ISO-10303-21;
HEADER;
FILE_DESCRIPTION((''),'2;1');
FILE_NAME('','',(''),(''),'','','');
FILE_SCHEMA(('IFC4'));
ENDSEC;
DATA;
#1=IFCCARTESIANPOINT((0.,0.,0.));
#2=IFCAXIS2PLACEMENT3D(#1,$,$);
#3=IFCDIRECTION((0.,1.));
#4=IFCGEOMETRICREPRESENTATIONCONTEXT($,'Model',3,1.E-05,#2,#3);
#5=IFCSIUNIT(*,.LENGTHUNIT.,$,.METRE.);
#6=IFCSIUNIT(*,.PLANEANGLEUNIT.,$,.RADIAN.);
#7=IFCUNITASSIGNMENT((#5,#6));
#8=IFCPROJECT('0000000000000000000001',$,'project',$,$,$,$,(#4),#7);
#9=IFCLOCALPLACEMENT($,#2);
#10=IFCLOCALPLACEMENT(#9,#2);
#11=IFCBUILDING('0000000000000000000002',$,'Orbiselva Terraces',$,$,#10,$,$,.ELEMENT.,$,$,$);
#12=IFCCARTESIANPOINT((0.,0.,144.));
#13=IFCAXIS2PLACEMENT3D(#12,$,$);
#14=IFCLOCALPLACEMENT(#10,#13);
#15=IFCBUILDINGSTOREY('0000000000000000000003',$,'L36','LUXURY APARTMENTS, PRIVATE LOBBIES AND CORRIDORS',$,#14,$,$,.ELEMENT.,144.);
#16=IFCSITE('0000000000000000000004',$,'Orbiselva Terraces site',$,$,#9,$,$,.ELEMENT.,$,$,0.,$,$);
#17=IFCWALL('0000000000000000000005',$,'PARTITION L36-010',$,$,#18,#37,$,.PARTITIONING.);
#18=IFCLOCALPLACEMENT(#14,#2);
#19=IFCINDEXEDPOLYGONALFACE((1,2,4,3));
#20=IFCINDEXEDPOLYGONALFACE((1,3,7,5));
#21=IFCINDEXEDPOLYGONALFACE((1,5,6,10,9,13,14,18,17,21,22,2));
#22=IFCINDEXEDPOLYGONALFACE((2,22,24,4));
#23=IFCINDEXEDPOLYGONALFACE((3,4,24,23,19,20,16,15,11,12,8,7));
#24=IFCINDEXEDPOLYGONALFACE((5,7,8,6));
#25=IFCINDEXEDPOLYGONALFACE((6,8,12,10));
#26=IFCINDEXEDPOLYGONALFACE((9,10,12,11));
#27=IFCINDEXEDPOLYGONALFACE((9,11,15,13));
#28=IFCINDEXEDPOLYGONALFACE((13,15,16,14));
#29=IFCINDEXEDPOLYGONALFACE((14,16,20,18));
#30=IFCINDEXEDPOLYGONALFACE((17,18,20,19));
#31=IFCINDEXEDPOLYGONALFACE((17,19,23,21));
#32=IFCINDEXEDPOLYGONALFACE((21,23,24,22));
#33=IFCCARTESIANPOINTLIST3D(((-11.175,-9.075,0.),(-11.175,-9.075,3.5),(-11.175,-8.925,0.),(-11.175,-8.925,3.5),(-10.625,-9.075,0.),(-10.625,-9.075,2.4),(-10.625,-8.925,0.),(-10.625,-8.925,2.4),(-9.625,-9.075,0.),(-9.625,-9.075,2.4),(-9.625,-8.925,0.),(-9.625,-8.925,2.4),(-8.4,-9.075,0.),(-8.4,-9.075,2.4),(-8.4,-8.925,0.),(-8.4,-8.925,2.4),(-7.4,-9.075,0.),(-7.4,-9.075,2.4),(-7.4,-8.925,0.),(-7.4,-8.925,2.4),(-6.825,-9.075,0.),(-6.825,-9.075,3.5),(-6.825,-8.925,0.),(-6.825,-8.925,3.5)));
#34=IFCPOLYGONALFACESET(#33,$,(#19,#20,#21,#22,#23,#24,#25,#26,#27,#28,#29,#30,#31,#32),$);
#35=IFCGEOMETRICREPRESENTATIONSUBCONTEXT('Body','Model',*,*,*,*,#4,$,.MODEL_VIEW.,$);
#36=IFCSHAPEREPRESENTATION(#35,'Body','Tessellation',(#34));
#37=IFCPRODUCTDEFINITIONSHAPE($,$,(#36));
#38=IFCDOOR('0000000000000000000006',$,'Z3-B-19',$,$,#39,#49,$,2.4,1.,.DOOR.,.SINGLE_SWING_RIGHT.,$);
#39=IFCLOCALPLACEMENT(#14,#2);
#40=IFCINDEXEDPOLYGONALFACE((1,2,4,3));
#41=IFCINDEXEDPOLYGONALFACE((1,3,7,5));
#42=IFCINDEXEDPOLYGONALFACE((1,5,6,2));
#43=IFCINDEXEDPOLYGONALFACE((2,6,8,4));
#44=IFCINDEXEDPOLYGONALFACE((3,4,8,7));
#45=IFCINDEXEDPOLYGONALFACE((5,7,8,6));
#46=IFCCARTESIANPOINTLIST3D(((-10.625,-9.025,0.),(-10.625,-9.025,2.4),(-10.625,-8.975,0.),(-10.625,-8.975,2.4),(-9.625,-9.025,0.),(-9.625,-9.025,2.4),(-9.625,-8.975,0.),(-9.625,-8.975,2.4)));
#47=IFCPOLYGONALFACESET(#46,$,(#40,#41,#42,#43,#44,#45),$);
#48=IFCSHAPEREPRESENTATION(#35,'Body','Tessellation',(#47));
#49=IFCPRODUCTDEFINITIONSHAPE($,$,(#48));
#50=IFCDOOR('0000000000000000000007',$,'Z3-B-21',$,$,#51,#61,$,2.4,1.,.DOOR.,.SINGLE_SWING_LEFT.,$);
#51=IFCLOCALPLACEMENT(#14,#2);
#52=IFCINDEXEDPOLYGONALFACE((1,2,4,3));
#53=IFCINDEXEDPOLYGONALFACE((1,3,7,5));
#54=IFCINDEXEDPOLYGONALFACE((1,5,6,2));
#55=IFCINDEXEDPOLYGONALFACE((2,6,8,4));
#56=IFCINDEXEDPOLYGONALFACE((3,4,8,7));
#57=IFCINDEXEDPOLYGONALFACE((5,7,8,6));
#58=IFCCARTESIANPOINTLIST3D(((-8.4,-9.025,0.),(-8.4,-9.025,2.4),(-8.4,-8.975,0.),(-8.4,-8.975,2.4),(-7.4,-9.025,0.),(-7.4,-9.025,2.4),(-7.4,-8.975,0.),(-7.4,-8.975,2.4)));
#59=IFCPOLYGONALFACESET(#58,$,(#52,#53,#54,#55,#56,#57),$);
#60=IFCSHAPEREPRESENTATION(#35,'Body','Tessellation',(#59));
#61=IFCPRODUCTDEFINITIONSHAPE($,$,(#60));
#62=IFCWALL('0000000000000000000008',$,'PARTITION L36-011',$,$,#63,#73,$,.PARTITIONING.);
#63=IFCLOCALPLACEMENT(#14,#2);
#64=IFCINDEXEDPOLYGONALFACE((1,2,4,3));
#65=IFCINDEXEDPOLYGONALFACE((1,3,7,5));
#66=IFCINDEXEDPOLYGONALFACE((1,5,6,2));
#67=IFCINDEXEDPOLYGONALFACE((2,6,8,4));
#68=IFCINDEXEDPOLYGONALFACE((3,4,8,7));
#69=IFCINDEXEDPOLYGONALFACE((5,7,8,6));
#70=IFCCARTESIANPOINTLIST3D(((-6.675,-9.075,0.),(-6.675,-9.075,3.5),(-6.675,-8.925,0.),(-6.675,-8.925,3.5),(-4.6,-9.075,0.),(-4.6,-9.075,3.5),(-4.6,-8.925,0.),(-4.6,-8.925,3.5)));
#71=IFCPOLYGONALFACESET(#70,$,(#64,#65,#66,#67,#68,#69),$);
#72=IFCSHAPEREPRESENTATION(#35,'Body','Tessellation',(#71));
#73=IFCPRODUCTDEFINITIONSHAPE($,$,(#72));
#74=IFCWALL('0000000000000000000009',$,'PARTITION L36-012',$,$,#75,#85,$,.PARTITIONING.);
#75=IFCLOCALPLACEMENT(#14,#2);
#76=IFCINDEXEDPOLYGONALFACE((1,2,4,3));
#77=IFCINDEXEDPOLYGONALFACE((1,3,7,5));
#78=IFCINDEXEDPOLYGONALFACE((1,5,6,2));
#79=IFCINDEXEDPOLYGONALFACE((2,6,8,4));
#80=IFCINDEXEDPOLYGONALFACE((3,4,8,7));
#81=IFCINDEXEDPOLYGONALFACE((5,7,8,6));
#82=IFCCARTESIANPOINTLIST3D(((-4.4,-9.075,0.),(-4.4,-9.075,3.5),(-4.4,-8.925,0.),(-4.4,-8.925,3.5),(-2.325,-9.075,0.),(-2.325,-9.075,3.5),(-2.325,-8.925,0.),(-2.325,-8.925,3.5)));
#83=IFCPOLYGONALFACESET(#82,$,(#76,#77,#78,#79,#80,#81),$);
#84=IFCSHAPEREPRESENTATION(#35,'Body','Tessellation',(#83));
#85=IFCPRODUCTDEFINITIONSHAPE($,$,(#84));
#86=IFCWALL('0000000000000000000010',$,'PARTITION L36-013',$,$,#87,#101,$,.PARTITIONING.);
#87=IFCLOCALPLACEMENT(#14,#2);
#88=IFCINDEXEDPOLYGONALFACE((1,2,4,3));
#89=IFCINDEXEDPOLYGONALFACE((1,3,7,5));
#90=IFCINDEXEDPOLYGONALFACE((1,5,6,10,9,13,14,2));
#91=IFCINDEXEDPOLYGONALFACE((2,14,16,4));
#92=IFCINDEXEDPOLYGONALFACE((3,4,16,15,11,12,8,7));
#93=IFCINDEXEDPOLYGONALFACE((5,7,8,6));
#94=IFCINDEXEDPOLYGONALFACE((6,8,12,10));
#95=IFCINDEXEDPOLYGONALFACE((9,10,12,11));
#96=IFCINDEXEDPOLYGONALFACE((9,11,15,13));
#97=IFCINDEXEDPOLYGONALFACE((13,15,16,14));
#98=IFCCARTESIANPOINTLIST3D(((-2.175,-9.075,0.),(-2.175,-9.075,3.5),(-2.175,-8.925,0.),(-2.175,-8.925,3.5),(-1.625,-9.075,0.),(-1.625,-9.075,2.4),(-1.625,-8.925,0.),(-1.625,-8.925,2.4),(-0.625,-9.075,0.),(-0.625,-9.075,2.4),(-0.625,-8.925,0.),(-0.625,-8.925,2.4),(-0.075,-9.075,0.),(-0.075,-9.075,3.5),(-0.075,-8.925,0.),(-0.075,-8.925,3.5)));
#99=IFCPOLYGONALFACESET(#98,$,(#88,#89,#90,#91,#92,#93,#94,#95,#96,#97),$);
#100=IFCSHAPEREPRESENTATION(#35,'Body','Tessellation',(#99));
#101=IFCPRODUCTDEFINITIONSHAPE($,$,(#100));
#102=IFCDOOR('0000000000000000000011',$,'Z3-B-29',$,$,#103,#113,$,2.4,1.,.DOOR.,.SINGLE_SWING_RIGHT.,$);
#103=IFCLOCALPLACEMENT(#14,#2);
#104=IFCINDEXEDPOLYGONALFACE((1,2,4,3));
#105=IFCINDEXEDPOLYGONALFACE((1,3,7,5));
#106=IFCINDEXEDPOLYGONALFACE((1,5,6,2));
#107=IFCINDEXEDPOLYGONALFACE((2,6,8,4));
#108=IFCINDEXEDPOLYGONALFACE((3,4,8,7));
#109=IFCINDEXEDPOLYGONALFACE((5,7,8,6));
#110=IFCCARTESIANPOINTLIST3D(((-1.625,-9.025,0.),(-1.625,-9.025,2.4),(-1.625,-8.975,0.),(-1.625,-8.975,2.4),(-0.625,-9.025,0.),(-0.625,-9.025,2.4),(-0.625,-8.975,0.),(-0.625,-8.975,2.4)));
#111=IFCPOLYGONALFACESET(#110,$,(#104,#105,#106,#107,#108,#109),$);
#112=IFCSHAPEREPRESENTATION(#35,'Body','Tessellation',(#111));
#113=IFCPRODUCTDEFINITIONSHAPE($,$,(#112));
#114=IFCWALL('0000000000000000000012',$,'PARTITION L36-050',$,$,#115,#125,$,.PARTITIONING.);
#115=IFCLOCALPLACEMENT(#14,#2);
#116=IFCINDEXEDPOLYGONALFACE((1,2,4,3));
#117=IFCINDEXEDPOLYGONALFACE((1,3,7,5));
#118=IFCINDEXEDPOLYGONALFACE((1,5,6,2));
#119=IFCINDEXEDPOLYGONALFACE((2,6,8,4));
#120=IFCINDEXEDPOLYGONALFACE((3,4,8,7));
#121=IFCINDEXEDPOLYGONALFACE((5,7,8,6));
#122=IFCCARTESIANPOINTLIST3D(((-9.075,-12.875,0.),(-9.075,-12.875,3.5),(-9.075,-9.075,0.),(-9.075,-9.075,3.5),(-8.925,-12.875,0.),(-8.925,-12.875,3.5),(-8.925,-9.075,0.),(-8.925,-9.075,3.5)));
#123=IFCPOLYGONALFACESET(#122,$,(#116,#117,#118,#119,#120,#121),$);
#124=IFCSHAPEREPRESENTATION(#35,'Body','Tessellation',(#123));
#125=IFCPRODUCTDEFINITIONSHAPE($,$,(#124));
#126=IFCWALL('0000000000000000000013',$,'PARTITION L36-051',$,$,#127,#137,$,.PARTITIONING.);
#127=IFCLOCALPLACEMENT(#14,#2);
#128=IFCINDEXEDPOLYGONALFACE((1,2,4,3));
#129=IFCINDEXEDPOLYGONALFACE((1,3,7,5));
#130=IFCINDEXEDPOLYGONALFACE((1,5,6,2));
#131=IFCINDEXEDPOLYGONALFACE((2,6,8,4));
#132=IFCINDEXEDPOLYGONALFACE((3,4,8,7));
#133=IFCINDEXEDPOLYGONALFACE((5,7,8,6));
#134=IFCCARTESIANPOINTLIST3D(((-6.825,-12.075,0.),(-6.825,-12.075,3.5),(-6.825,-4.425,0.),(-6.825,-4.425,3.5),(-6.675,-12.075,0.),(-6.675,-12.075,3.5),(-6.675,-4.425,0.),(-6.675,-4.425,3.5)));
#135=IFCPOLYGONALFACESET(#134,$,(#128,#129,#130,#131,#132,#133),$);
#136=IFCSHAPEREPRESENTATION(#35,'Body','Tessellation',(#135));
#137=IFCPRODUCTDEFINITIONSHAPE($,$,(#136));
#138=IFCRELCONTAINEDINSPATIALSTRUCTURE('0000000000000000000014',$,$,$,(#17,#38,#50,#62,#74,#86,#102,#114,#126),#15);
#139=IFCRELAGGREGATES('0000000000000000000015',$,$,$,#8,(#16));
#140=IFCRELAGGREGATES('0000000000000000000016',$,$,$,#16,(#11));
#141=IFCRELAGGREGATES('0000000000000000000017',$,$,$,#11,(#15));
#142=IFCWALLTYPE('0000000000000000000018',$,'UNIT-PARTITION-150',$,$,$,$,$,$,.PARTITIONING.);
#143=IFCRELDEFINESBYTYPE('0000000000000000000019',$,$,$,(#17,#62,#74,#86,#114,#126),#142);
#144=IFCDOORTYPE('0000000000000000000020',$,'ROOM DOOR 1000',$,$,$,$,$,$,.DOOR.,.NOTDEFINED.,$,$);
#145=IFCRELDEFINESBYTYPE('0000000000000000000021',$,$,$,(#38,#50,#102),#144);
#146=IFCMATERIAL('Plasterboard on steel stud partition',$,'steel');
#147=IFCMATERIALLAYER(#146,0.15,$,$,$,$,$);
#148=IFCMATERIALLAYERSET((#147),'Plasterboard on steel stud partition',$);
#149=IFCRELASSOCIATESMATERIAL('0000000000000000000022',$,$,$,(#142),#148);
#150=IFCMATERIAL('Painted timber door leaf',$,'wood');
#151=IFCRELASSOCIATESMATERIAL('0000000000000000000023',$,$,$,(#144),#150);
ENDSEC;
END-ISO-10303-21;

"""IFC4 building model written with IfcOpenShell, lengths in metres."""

from ifc_helpers import new_model, si_unit, direction, frame, frame_2d, origin, place, context, subcontext, project, spatial, rectangle, extrude, material, layer, layer_set, type_object, element, fill, save


model = new_model("IFC4")

# Units and contexts
model_context = context("Model", 3, precision=1e-05, world=origin(), true_north=direction((0.0, 1.0)))
body_context = subcontext(model_context, "Body", "Model", "MODEL_VIEW")
ifc_project = project(units=[si_unit("LENGTHUNIT", "METRE"), si_unit("PLANEANGLEUNIT", "RADIAN")], contexts=[model_context])

# Site, building, storey
site_placement = place(None, origin())
site = spatial("IfcSite", under=ifc_project, at=site_placement, Name="Orbiselva Terraces site", CompositionType="ELEMENT", RefElevation=0.0)
building_placement = place(site_placement, origin())
building = spatial("IfcBuilding", under=site, at=building_placement, Name="Orbiselva Terraces", CompositionType="ELEMENT")
storey_placement = place(building_placement, frame((0.0, 0.0, 144.0)))
storey = spatial("IfcBuildingStorey", under=building, at=storey_placement, Name="L36", Description="LUXURY APARTMENTS, PRIVATE LOBBIES AND CORRIDORS", CompositionType="ELEMENT", Elevation=144.0)

# Shared definitions
ifc_material_1 = material(Name="Plasterboard on steel stud partition", Category="steel")
ifc_layer_1 = layer(ifc_material_1, 0.15)
ifc_layer_set_1 = layer_set([ifc_layer_1], Name="Plasterboard on steel stud partition")
wall_type_1 = type_object("IfcWallType", Name="UNIT-PARTITION-150", PredefinedType="PARTITIONING", material=ifc_layer_set_1)
ifc_material_2 = material(Name="Painted timber door leaf", Category="wood")

# Wall, openings, doors
wall_1_placement = place(storey_placement, frame((-6.825, -9.0, 0.0), z_axis=(0.0, 0.0, 1.0), x_axis=(-1.0, 0.0, 0.0)))
wall_1 = element("IfcWall", 1, at=wall_1_placement, inside=storey, type_object=wall_type_1, Name="PARTITION L36-010", PredefinedType="PARTITIONING", context=body_context, shape_type="SweptSolid", body=[
    extrude(rectangle(XDim=4.35, YDim=0.15, at=frame_2d((2.175, 0.0))), origin(), (0.0, 0.0, 1.0), 3.5),
])
opening_1_placement = place(wall_1_placement, frame((2.8, 0.0, 0.0)))
opening_1 = element("IfcOpeningElement", 2, at=opening_1_placement, cuts=wall_1, PredefinedType="OPENING", context=body_context, shape_type="SweptSolid", body=[
    extrude(rectangle(XDim=1.0, YDim=2.4, at=frame_2d((0.5, 1.2))), frame((0.0, 0.085, 0.0), z_axis=(0.0, -1.0, 0.0), x_axis=(1.0, 0.0, 0.0)), (0.0, 0.0, 1.0), 0.17),
])
opening_2_placement = place(wall_1_placement, frame((0.575, 0.0, 0.0)))
opening_2 = element("IfcOpeningElement", 3, at=opening_2_placement, cuts=wall_1, PredefinedType="OPENING", context=body_context, shape_type="SweptSolid", body=[
    extrude(rectangle(XDim=1.0, YDim=2.4, at=frame_2d((0.5, 1.2))), frame((0.0, 0.085, 0.0), z_axis=(0.0, -1.0, 0.0), x_axis=(1.0, 0.0, 0.0)), (0.0, 0.0, 1.0), 0.17),
])
door_type_1 = type_object("IfcDoorType", Name="ROOM DOOR 1000", OperationType="NOTDEFINED", PredefinedType="DOOR", material=ifc_material_2)
door_1_placement = place(opening_1_placement, origin())
door_1 = element("IfcDoor", 4, at=door_1_placement, inside=storey, type_object=door_type_1, Name="Z3-B-19", OperationType="SINGLE_SWING_RIGHT", OverallHeight=2.4, OverallWidth=1.0, PredefinedType="DOOR", context=body_context, shape_type="SweptSolid", body=[
    extrude(rectangle(XDim=1.0, YDim=2.4, at=frame_2d((0.5, 1.2))), frame((0.0, 0.025, 0.0), z_axis=(0.0, -1.0, 0.0), x_axis=(1.0, 0.0, 0.0)), (0.0, 0.0, 1.0), 0.05),
])
fill(opening_1, door_1)
door_2_placement = place(opening_2_placement, origin())
door_2 = element("IfcDoor", 5, at=door_2_placement, inside=storey, type_object=door_type_1, Name="Z3-B-21", OperationType="SINGLE_SWING_LEFT", OverallHeight=2.4, OverallWidth=1.0, PredefinedType="DOOR", context=body_context, shape_type="SweptSolid", body=[
    extrude(rectangle(XDim=1.0, YDim=2.4, at=frame_2d((0.5, 1.2))), frame((0.0, 0.025, 0.0), z_axis=(0.0, -1.0, 0.0), x_axis=(1.0, 0.0, 0.0)), (0.0, 0.0, 1.0), 0.05),
])
fill(opening_2, door_2)

# Walls
for number, where, z_axis, x_axis, name in (
    (6, (-6.675, -9.0, 0.0), (0.0, 0.0, 1.0), (1.0, 0.0, 0.0), "PARTITION L36-011"),
    (7, (-4.4, -9.0, 0.0), (0.0, 0.0, 1.0), (1.0, 0.0, 0.0), "PARTITION L36-012"),
):
    element("IfcWall", number, at=place(storey_placement, frame(where, z_axis=z_axis, x_axis=x_axis)), inside=storey, type_object=wall_type_1, Name=name, PredefinedType="PARTITIONING", context=body_context, shape_type="SweptSolid", body=[
        extrude(rectangle(XDim=2.075, YDim=0.15, at=frame_2d((1.0375, 0.0))), origin(), (0.0, 0.0, 1.0), 3.5),
    ])

# Wall, opening, door
wall_2_placement = place(storey_placement, frame((-0.075, -9.0, 0.0), z_axis=(0.0, 0.0, 1.0), x_axis=(-1.0, 0.0, 0.0)))
wall_2 = element("IfcWall", 8, at=wall_2_placement, inside=storey, type_object=wall_type_1, Name="PARTITION L36-013", PredefinedType="PARTITIONING", context=body_context, shape_type="SweptSolid", body=[
    extrude(rectangle(XDim=2.1, YDim=0.15, at=frame_2d((1.05, 0.0))), origin(), (0.0, 0.0, 1.0), 3.5),
])
opening_3_placement = place(wall_2_placement, frame((0.55, 0.0, 0.0)))
opening_3 = element("IfcOpeningElement", 9, at=opening_3_placement, cuts=wall_2, PredefinedType="OPENING", context=body_context, shape_type="SweptSolid", body=[
    extrude(rectangle(XDim=1.0, YDim=2.4, at=frame_2d((0.5, 1.2))), frame((0.0, 0.085, 0.0), z_axis=(0.0, -1.0, 0.0), x_axis=(1.0, 0.0, 0.0)), (0.0, 0.0, 1.0), 0.17),
])
door_3_placement = place(opening_3_placement, origin())
door_3 = element("IfcDoor", 10, at=door_3_placement, inside=storey, type_object=door_type_1, Name="Z3-B-29", OperationType="SINGLE_SWING_RIGHT", OverallHeight=2.4, OverallWidth=1.0, PredefinedType="DOOR", context=body_context, shape_type="SweptSolid", body=[
    extrude(rectangle(XDim=1.0, YDim=2.4, at=frame_2d((0.5, 1.2))), frame((0.0, 0.025, 0.0), z_axis=(0.0, -1.0, 0.0), x_axis=(1.0, 0.0, 0.0)), (0.0, 0.0, 1.0), 0.05),
])
fill(opening_3, door_3)

# Walls
wall_3_placement = place(storey_placement, frame((-9.0, -12.875, 0.0), z_axis=(0.0, 0.0, 1.0), x_axis=(0.0, 1.0, 0.0)))
element("IfcWall", 11, at=wall_3_placement, inside=storey, type_object=wall_type_1, Name="PARTITION L36-050", PredefinedType="PARTITIONING", context=body_context, shape_type="SweptSolid", body=[
    extrude(rectangle(XDim=3.8, YDim=0.15, at=frame_2d((1.9, 0.0))), origin(), (0.0, 0.0, 1.0), 3.5),
])
wall_4_placement = place(storey_placement, frame((-6.75, -12.075, 0.0), z_axis=(0.0, 0.0, 1.0), x_axis=(0.0, 1.0, 0.0)))
element("IfcWall", 12, at=wall_4_placement, inside=storey, type_object=wall_type_1, Name="PARTITION L36-051", PredefinedType="PARTITIONING", context=body_context, shape_type="SweptSolid", body=[
    extrude(rectangle(XDim=7.65, YDim=0.15, at=frame_2d((3.825, 0.0))), origin(), (0.0, 0.0, 1.0), 3.5),
])

save(model, "model.ifc")
